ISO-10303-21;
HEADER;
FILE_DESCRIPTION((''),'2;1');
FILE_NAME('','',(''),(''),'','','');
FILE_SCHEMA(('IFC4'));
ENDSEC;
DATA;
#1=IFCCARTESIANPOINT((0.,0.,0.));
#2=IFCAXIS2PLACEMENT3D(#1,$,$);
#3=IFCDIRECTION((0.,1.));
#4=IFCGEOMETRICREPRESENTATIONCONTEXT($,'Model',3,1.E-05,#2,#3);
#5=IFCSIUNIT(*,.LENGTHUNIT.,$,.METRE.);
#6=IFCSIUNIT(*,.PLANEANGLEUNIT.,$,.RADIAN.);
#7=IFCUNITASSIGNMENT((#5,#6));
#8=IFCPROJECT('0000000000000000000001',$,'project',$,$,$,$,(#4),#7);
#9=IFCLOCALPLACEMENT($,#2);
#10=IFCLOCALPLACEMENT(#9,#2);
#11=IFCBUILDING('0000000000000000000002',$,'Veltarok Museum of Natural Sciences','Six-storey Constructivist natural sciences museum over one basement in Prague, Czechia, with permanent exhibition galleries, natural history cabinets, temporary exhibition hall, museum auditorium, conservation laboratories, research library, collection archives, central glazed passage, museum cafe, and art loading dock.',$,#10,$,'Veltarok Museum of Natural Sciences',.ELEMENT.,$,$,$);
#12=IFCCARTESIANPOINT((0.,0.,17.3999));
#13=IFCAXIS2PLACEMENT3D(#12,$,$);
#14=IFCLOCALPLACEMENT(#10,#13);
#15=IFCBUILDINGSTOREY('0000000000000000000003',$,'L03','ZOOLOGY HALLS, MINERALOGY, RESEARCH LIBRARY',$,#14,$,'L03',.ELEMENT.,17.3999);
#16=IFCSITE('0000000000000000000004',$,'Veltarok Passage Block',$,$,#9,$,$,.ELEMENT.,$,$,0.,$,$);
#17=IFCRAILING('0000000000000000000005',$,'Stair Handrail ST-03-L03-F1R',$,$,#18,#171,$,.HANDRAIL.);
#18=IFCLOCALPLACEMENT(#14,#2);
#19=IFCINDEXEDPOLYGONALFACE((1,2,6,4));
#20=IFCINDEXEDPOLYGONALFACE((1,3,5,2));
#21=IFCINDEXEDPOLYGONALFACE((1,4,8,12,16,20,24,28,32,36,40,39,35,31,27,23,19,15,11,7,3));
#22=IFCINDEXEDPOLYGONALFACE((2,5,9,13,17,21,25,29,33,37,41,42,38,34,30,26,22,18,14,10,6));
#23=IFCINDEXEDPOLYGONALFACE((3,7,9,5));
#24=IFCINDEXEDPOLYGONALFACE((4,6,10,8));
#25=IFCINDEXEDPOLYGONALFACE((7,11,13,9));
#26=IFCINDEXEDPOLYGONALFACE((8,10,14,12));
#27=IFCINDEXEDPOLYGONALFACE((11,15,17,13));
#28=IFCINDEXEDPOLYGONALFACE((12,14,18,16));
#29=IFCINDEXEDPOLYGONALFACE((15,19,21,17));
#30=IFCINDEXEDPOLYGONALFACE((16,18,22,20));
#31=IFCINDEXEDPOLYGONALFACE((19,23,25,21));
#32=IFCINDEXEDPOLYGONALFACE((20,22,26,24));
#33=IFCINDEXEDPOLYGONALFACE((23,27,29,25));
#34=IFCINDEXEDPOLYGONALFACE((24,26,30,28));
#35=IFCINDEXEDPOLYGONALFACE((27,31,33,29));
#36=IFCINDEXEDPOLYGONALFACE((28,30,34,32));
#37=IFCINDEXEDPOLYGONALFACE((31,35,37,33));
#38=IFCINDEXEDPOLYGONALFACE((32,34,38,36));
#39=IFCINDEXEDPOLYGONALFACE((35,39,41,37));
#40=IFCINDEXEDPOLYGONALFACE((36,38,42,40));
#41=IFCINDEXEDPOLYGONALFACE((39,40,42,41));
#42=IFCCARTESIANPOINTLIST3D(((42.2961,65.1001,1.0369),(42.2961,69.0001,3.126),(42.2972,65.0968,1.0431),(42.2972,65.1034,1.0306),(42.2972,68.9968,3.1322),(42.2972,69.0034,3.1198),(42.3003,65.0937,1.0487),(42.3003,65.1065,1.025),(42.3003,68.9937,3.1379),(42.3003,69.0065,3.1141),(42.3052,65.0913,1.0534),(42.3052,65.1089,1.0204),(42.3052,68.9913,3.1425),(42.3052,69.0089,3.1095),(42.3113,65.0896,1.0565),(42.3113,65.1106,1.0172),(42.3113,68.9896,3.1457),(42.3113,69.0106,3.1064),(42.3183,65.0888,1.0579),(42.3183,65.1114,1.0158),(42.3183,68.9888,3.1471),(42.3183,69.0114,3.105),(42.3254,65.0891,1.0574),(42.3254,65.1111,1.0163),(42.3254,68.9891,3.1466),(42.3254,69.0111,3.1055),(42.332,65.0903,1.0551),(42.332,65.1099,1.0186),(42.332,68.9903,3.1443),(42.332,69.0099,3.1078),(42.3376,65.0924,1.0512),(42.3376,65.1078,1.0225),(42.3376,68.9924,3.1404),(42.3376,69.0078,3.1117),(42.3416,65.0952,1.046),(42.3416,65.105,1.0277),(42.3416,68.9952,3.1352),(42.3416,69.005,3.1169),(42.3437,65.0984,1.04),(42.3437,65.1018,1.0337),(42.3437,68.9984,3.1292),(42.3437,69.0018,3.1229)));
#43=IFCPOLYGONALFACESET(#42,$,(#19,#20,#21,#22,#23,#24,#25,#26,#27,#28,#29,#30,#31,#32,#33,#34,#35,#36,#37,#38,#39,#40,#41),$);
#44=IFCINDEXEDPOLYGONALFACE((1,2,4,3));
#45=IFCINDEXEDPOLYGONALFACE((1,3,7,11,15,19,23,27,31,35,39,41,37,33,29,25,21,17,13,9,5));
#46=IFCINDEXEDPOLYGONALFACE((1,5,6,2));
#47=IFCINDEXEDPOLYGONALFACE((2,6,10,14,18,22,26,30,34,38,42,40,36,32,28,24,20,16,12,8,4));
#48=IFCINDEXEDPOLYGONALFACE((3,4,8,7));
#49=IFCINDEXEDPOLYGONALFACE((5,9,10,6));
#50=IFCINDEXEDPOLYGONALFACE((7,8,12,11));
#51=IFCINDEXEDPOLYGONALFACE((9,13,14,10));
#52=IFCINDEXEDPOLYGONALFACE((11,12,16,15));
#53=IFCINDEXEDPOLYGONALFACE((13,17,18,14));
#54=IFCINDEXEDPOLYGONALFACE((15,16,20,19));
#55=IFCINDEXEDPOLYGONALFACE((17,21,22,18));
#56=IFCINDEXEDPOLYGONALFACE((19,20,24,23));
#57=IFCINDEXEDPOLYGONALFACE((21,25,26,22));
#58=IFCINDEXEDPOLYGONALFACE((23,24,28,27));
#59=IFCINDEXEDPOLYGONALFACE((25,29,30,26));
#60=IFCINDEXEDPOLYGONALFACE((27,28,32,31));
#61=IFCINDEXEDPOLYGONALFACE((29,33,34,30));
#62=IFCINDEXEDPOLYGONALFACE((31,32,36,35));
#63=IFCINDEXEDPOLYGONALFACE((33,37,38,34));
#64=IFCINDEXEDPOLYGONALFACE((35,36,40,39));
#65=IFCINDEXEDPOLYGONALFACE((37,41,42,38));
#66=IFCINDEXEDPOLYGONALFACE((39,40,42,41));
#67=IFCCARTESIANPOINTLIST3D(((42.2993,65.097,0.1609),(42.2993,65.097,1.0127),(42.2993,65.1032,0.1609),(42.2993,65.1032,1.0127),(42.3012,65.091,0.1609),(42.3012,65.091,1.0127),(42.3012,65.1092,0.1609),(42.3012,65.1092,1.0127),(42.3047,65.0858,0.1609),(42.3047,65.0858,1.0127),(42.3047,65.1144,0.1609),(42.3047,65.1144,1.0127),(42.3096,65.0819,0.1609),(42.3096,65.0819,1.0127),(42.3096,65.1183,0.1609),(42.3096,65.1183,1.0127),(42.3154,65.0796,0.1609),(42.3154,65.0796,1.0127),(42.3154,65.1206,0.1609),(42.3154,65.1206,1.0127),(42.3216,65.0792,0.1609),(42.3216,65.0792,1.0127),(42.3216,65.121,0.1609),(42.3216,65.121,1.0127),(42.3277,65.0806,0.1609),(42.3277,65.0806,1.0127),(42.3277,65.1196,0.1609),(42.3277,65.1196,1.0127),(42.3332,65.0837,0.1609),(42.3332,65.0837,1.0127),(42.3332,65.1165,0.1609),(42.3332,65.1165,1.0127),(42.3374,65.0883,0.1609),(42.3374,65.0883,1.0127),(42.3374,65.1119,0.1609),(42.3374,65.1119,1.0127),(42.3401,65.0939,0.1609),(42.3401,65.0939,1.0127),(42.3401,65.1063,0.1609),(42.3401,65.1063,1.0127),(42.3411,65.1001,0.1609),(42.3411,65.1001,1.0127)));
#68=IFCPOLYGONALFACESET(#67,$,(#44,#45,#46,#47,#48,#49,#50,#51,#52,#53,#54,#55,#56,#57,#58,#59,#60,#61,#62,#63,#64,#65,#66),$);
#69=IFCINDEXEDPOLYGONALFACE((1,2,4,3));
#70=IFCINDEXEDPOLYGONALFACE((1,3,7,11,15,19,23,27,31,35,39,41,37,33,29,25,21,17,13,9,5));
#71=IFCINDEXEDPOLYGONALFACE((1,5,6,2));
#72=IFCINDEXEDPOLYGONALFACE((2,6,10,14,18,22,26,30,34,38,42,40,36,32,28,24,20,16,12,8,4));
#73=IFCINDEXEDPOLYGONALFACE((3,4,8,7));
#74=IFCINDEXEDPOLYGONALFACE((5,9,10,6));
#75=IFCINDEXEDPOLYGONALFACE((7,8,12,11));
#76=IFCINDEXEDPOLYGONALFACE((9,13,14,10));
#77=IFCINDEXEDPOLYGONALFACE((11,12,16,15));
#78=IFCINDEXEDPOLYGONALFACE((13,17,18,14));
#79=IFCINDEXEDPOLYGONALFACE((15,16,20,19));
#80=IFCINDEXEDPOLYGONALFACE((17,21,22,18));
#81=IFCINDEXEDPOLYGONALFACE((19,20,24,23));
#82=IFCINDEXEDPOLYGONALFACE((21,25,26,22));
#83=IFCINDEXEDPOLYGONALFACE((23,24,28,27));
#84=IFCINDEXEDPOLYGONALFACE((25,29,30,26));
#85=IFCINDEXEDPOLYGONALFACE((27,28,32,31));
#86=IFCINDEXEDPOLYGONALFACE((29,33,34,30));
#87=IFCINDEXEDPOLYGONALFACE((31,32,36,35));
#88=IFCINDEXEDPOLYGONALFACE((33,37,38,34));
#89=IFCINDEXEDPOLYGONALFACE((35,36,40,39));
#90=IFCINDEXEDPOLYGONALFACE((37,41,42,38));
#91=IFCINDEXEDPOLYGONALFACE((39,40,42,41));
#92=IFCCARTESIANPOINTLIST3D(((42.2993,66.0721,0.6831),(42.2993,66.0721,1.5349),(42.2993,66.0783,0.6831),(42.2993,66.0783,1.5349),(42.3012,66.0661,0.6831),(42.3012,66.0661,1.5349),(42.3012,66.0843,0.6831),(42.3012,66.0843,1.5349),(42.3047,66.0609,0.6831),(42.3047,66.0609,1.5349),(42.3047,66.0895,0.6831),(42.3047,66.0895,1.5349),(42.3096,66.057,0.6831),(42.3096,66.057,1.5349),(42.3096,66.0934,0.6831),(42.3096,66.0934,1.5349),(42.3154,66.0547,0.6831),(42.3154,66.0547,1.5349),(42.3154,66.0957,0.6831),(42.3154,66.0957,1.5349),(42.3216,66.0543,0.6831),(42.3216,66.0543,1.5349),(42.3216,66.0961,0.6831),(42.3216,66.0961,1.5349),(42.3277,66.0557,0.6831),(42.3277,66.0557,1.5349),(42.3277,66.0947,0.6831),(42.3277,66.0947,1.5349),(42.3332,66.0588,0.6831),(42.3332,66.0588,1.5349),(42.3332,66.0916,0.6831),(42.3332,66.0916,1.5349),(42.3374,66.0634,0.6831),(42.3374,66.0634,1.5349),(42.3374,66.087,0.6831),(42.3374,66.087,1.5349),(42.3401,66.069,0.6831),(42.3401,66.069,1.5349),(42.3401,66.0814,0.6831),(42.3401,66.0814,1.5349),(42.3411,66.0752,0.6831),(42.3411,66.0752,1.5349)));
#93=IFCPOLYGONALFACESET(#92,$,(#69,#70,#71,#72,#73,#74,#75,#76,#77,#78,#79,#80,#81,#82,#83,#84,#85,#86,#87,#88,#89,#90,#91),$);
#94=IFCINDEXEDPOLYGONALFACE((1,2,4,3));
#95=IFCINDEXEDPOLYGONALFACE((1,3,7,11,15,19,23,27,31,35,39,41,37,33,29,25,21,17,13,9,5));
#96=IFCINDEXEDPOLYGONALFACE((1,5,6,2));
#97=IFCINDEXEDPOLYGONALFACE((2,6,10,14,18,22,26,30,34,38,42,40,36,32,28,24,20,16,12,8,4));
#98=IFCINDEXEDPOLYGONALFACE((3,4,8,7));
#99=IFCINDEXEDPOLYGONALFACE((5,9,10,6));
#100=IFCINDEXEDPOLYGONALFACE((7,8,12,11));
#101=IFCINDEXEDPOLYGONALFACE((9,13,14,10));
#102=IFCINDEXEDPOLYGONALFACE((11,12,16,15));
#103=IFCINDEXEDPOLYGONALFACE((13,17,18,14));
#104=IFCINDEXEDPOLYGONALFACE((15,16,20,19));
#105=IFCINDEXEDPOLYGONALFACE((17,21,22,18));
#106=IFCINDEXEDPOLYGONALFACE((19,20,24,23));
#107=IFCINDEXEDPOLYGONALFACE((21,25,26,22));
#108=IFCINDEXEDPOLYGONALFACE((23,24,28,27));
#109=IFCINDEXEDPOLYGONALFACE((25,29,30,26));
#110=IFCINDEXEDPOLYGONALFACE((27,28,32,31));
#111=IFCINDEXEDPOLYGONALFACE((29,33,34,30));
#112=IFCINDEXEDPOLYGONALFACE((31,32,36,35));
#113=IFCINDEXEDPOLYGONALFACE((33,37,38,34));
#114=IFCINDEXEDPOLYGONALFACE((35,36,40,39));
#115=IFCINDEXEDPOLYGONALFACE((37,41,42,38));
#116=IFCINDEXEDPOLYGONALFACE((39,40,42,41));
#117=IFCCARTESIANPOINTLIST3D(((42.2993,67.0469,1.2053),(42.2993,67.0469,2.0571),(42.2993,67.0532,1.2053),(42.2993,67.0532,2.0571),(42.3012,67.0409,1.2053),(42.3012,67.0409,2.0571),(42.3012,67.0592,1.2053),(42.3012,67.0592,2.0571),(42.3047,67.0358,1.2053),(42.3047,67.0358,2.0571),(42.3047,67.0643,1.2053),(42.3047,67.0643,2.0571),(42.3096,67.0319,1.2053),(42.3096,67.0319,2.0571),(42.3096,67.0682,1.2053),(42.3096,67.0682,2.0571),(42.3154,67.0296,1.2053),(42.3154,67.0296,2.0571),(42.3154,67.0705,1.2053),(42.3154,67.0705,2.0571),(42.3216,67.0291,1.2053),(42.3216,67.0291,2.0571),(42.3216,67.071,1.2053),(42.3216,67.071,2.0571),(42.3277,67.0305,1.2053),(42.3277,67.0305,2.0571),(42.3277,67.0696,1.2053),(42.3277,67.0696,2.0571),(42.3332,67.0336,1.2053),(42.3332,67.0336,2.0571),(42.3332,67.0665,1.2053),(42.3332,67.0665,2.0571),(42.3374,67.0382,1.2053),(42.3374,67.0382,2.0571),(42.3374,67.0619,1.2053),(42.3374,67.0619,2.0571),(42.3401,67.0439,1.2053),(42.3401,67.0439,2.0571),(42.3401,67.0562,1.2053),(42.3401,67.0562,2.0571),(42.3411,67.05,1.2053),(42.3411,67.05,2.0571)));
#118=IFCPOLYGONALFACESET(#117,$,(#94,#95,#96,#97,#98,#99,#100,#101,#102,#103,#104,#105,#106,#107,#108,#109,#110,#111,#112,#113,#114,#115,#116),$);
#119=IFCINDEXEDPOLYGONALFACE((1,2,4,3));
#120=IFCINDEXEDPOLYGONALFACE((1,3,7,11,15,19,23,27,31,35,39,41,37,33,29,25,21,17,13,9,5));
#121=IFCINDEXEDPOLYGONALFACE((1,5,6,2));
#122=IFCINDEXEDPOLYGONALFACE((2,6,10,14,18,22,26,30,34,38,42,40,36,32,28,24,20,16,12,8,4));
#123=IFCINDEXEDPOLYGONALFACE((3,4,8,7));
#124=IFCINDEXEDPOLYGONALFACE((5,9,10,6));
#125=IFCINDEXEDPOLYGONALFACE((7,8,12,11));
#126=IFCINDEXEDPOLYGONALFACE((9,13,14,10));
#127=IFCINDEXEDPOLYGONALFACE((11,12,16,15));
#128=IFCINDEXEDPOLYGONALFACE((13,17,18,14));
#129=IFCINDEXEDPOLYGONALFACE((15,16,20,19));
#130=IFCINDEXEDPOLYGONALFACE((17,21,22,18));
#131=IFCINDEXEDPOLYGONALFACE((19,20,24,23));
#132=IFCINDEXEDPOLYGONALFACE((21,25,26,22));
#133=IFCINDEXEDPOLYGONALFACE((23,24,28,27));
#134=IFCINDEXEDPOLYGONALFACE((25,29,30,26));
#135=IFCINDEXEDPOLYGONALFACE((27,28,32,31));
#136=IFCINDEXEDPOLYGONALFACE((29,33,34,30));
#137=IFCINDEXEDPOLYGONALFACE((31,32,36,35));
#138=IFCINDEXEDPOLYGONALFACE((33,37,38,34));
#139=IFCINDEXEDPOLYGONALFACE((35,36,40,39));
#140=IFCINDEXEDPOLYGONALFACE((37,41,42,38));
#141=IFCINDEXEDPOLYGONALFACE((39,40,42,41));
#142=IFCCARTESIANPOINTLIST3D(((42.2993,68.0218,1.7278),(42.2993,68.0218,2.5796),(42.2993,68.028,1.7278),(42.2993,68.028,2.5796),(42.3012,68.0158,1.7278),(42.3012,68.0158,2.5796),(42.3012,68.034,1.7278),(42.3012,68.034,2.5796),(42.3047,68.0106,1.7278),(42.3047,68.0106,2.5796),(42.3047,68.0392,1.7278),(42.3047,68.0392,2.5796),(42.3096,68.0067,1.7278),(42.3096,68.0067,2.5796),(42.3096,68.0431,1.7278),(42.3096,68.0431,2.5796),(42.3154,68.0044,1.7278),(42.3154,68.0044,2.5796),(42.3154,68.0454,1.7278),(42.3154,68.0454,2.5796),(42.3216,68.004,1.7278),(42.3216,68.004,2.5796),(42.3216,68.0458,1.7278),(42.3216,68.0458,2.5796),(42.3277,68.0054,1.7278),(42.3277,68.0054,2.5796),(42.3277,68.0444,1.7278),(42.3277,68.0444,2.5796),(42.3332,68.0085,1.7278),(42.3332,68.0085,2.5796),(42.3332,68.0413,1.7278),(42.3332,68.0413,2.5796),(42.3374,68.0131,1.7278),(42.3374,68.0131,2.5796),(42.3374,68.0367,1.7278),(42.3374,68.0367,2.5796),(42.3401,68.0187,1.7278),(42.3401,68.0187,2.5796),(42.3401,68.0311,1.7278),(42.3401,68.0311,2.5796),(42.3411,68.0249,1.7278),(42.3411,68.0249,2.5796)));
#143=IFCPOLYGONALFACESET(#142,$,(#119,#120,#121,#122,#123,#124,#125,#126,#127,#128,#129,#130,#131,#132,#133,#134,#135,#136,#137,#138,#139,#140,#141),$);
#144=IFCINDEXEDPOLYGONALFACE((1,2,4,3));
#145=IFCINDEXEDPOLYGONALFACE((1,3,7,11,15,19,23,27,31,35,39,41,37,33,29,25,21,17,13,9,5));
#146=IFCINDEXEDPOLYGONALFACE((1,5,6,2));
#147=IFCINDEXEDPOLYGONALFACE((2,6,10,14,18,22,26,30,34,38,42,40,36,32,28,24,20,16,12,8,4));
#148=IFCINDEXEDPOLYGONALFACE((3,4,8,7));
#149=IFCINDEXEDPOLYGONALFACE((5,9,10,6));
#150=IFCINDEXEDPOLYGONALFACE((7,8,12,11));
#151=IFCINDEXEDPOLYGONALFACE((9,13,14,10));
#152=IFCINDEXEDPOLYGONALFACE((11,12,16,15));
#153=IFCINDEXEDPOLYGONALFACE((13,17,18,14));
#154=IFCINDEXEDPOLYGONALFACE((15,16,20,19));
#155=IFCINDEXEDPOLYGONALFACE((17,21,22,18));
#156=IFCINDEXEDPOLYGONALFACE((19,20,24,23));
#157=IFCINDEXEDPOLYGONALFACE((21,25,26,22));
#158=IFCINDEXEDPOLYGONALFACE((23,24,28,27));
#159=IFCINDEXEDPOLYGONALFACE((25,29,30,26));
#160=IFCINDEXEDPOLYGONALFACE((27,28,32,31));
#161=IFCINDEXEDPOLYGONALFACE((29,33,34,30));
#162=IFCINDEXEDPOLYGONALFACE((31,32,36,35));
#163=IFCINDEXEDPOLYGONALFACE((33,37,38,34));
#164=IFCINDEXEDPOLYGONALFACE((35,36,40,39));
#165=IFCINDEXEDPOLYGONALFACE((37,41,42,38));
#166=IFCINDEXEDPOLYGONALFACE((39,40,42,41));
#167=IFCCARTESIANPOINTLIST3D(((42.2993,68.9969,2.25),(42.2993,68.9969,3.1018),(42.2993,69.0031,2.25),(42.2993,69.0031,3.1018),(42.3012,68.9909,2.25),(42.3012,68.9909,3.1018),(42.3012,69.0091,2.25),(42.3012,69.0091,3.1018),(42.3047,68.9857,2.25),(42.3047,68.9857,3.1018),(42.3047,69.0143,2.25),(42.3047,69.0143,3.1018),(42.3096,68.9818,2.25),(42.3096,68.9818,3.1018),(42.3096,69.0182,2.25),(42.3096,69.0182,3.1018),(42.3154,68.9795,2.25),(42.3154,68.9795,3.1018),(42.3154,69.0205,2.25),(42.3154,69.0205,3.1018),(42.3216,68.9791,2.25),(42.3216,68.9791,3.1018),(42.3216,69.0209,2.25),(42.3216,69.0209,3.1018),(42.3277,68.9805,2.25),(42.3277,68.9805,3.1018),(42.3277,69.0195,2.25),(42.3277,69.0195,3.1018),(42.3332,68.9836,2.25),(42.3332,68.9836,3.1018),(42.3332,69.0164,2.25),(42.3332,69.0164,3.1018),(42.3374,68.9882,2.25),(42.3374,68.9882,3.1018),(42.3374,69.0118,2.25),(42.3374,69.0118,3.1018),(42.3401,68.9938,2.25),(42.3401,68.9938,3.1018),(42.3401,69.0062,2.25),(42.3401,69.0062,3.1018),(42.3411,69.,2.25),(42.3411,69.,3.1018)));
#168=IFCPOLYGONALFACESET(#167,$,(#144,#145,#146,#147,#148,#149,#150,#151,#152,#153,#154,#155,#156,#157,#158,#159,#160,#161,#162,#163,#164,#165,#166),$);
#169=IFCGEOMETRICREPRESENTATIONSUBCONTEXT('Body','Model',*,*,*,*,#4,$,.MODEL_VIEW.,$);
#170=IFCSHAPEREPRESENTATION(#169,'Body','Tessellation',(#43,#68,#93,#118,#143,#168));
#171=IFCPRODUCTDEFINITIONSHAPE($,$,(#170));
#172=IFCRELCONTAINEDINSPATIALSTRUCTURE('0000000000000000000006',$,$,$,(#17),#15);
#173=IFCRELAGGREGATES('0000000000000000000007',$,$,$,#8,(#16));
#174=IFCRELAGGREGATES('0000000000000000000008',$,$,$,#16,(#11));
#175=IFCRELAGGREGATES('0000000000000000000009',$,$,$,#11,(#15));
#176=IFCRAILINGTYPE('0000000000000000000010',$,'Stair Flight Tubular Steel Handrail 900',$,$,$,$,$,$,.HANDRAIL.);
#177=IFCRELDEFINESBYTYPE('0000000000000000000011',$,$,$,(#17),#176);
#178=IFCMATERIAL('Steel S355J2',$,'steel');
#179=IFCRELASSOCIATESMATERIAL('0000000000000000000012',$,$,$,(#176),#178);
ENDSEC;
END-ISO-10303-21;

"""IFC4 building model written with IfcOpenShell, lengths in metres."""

from ifc_helpers import new_model, si_unit, direction, frame, origin, origin_2d, place, context, subcontext, project, spatial, circle, extrude, material, type_object, element, save


model = new_model("IFC4")

# Units and contexts
model_context = context("Model", 3, precision=1e-05, world=origin(), true_north=direction((0.0, 1.0)))
body_context = subcontext(model_context, "Body", "Model", "MODEL_VIEW")
ifc_project = project(units=[si_unit("LENGTHUNIT", "METRE"), si_unit("PLANEANGLEUNIT", "RADIAN")], contexts=[model_context])

# Site, building, storey
site_placement = place(None, origin())
site = spatial("IfcSite", under=ifc_project, at=site_placement, Name="Veltarok Passage Block", CompositionType="ELEMENT", RefElevation=0.0)
building_placement = place(site_placement, origin())
building = spatial("IfcBuilding", under=site, at=building_placement, Name="Veltarok Museum of Natural Sciences", Description="Six-storey Constructivist natural sciences museum over one basement in Prague, Czechia, with permanent exhibition galleries, natural history cabinets, temporary exhibition hall, museum auditorium, conservation laboratories, research library, collection archives, central glazed passage, museum cafe, and art loading dock.", LongName="Veltarok Museum of Natural Sciences", CompositionType="ELEMENT")
storey_placement = place(building_placement, frame((0.0, 0.0, 17.3999)))
storey = spatial("IfcBuildingStorey", under=building, at=storey_placement, Name="L03", Description="ZOOLOGY HALLS, MINERALOGY, RESEARCH LIBRARY", LongName="L03", CompositionType="ELEMENT", Elevation=17.3999)

# Shared definitions
ifc_material_1 = material(Name="Steel S355J2", Category="steel")

# Railing
railing_type_1 = type_object("IfcRailingType", Name="Stair Flight Tubular Steel Handrail 900", PredefinedType="HANDRAIL", material=ifc_material_1)
for number, where, name in (
    (1, (42.3201, 65.1001, 0.1609), "Stair Handrail ST-03-L03-F1R"),
):
    element("IfcRailing", number, at=place(storey_placement, frame(where)), inside=storey, type_object=railing_type_1, Name=name, PredefinedType="HANDRAIL", context=body_context, shape_type="SweptSolid", body=[
        extrude(circle(Radius=0.0239, at=origin_2d()), frame((0.0, 0.0, 0.876), z_axis=(0.0, 0.881491, 0.4722), x_axis=(-1.0, 0.0, 0.0)), (0.0, 0.0, 1.0), 4.4243),
        extrude(circle(Radius=0.021, at=origin_2d()), origin(), (0.0, 0.0, 1.0), 0.8518),
        extrude(circle(Radius=0.021, at=origin_2d()), frame((0.0, 0.9751, 0.5222)), (0.0, 0.0, 1.0), 0.8518),
        extrude(circle(Radius=0.021, at=origin_2d()), frame((0.0, 1.95, 1.0444)), (0.0, 0.0, 1.0), 0.8518),
        extrude(circle(Radius=0.021, at=origin_2d()), frame((0.0, 2.9248, 1.5669)), (0.0, 0.0, 1.0), 0.8518),
        extrude(circle(Radius=0.021, at=origin_2d()), frame((0.0, 3.8999, 2.0891)), (0.0, 0.0, 1.0), 0.8518),
    ])

save(model, "model.ifc")
